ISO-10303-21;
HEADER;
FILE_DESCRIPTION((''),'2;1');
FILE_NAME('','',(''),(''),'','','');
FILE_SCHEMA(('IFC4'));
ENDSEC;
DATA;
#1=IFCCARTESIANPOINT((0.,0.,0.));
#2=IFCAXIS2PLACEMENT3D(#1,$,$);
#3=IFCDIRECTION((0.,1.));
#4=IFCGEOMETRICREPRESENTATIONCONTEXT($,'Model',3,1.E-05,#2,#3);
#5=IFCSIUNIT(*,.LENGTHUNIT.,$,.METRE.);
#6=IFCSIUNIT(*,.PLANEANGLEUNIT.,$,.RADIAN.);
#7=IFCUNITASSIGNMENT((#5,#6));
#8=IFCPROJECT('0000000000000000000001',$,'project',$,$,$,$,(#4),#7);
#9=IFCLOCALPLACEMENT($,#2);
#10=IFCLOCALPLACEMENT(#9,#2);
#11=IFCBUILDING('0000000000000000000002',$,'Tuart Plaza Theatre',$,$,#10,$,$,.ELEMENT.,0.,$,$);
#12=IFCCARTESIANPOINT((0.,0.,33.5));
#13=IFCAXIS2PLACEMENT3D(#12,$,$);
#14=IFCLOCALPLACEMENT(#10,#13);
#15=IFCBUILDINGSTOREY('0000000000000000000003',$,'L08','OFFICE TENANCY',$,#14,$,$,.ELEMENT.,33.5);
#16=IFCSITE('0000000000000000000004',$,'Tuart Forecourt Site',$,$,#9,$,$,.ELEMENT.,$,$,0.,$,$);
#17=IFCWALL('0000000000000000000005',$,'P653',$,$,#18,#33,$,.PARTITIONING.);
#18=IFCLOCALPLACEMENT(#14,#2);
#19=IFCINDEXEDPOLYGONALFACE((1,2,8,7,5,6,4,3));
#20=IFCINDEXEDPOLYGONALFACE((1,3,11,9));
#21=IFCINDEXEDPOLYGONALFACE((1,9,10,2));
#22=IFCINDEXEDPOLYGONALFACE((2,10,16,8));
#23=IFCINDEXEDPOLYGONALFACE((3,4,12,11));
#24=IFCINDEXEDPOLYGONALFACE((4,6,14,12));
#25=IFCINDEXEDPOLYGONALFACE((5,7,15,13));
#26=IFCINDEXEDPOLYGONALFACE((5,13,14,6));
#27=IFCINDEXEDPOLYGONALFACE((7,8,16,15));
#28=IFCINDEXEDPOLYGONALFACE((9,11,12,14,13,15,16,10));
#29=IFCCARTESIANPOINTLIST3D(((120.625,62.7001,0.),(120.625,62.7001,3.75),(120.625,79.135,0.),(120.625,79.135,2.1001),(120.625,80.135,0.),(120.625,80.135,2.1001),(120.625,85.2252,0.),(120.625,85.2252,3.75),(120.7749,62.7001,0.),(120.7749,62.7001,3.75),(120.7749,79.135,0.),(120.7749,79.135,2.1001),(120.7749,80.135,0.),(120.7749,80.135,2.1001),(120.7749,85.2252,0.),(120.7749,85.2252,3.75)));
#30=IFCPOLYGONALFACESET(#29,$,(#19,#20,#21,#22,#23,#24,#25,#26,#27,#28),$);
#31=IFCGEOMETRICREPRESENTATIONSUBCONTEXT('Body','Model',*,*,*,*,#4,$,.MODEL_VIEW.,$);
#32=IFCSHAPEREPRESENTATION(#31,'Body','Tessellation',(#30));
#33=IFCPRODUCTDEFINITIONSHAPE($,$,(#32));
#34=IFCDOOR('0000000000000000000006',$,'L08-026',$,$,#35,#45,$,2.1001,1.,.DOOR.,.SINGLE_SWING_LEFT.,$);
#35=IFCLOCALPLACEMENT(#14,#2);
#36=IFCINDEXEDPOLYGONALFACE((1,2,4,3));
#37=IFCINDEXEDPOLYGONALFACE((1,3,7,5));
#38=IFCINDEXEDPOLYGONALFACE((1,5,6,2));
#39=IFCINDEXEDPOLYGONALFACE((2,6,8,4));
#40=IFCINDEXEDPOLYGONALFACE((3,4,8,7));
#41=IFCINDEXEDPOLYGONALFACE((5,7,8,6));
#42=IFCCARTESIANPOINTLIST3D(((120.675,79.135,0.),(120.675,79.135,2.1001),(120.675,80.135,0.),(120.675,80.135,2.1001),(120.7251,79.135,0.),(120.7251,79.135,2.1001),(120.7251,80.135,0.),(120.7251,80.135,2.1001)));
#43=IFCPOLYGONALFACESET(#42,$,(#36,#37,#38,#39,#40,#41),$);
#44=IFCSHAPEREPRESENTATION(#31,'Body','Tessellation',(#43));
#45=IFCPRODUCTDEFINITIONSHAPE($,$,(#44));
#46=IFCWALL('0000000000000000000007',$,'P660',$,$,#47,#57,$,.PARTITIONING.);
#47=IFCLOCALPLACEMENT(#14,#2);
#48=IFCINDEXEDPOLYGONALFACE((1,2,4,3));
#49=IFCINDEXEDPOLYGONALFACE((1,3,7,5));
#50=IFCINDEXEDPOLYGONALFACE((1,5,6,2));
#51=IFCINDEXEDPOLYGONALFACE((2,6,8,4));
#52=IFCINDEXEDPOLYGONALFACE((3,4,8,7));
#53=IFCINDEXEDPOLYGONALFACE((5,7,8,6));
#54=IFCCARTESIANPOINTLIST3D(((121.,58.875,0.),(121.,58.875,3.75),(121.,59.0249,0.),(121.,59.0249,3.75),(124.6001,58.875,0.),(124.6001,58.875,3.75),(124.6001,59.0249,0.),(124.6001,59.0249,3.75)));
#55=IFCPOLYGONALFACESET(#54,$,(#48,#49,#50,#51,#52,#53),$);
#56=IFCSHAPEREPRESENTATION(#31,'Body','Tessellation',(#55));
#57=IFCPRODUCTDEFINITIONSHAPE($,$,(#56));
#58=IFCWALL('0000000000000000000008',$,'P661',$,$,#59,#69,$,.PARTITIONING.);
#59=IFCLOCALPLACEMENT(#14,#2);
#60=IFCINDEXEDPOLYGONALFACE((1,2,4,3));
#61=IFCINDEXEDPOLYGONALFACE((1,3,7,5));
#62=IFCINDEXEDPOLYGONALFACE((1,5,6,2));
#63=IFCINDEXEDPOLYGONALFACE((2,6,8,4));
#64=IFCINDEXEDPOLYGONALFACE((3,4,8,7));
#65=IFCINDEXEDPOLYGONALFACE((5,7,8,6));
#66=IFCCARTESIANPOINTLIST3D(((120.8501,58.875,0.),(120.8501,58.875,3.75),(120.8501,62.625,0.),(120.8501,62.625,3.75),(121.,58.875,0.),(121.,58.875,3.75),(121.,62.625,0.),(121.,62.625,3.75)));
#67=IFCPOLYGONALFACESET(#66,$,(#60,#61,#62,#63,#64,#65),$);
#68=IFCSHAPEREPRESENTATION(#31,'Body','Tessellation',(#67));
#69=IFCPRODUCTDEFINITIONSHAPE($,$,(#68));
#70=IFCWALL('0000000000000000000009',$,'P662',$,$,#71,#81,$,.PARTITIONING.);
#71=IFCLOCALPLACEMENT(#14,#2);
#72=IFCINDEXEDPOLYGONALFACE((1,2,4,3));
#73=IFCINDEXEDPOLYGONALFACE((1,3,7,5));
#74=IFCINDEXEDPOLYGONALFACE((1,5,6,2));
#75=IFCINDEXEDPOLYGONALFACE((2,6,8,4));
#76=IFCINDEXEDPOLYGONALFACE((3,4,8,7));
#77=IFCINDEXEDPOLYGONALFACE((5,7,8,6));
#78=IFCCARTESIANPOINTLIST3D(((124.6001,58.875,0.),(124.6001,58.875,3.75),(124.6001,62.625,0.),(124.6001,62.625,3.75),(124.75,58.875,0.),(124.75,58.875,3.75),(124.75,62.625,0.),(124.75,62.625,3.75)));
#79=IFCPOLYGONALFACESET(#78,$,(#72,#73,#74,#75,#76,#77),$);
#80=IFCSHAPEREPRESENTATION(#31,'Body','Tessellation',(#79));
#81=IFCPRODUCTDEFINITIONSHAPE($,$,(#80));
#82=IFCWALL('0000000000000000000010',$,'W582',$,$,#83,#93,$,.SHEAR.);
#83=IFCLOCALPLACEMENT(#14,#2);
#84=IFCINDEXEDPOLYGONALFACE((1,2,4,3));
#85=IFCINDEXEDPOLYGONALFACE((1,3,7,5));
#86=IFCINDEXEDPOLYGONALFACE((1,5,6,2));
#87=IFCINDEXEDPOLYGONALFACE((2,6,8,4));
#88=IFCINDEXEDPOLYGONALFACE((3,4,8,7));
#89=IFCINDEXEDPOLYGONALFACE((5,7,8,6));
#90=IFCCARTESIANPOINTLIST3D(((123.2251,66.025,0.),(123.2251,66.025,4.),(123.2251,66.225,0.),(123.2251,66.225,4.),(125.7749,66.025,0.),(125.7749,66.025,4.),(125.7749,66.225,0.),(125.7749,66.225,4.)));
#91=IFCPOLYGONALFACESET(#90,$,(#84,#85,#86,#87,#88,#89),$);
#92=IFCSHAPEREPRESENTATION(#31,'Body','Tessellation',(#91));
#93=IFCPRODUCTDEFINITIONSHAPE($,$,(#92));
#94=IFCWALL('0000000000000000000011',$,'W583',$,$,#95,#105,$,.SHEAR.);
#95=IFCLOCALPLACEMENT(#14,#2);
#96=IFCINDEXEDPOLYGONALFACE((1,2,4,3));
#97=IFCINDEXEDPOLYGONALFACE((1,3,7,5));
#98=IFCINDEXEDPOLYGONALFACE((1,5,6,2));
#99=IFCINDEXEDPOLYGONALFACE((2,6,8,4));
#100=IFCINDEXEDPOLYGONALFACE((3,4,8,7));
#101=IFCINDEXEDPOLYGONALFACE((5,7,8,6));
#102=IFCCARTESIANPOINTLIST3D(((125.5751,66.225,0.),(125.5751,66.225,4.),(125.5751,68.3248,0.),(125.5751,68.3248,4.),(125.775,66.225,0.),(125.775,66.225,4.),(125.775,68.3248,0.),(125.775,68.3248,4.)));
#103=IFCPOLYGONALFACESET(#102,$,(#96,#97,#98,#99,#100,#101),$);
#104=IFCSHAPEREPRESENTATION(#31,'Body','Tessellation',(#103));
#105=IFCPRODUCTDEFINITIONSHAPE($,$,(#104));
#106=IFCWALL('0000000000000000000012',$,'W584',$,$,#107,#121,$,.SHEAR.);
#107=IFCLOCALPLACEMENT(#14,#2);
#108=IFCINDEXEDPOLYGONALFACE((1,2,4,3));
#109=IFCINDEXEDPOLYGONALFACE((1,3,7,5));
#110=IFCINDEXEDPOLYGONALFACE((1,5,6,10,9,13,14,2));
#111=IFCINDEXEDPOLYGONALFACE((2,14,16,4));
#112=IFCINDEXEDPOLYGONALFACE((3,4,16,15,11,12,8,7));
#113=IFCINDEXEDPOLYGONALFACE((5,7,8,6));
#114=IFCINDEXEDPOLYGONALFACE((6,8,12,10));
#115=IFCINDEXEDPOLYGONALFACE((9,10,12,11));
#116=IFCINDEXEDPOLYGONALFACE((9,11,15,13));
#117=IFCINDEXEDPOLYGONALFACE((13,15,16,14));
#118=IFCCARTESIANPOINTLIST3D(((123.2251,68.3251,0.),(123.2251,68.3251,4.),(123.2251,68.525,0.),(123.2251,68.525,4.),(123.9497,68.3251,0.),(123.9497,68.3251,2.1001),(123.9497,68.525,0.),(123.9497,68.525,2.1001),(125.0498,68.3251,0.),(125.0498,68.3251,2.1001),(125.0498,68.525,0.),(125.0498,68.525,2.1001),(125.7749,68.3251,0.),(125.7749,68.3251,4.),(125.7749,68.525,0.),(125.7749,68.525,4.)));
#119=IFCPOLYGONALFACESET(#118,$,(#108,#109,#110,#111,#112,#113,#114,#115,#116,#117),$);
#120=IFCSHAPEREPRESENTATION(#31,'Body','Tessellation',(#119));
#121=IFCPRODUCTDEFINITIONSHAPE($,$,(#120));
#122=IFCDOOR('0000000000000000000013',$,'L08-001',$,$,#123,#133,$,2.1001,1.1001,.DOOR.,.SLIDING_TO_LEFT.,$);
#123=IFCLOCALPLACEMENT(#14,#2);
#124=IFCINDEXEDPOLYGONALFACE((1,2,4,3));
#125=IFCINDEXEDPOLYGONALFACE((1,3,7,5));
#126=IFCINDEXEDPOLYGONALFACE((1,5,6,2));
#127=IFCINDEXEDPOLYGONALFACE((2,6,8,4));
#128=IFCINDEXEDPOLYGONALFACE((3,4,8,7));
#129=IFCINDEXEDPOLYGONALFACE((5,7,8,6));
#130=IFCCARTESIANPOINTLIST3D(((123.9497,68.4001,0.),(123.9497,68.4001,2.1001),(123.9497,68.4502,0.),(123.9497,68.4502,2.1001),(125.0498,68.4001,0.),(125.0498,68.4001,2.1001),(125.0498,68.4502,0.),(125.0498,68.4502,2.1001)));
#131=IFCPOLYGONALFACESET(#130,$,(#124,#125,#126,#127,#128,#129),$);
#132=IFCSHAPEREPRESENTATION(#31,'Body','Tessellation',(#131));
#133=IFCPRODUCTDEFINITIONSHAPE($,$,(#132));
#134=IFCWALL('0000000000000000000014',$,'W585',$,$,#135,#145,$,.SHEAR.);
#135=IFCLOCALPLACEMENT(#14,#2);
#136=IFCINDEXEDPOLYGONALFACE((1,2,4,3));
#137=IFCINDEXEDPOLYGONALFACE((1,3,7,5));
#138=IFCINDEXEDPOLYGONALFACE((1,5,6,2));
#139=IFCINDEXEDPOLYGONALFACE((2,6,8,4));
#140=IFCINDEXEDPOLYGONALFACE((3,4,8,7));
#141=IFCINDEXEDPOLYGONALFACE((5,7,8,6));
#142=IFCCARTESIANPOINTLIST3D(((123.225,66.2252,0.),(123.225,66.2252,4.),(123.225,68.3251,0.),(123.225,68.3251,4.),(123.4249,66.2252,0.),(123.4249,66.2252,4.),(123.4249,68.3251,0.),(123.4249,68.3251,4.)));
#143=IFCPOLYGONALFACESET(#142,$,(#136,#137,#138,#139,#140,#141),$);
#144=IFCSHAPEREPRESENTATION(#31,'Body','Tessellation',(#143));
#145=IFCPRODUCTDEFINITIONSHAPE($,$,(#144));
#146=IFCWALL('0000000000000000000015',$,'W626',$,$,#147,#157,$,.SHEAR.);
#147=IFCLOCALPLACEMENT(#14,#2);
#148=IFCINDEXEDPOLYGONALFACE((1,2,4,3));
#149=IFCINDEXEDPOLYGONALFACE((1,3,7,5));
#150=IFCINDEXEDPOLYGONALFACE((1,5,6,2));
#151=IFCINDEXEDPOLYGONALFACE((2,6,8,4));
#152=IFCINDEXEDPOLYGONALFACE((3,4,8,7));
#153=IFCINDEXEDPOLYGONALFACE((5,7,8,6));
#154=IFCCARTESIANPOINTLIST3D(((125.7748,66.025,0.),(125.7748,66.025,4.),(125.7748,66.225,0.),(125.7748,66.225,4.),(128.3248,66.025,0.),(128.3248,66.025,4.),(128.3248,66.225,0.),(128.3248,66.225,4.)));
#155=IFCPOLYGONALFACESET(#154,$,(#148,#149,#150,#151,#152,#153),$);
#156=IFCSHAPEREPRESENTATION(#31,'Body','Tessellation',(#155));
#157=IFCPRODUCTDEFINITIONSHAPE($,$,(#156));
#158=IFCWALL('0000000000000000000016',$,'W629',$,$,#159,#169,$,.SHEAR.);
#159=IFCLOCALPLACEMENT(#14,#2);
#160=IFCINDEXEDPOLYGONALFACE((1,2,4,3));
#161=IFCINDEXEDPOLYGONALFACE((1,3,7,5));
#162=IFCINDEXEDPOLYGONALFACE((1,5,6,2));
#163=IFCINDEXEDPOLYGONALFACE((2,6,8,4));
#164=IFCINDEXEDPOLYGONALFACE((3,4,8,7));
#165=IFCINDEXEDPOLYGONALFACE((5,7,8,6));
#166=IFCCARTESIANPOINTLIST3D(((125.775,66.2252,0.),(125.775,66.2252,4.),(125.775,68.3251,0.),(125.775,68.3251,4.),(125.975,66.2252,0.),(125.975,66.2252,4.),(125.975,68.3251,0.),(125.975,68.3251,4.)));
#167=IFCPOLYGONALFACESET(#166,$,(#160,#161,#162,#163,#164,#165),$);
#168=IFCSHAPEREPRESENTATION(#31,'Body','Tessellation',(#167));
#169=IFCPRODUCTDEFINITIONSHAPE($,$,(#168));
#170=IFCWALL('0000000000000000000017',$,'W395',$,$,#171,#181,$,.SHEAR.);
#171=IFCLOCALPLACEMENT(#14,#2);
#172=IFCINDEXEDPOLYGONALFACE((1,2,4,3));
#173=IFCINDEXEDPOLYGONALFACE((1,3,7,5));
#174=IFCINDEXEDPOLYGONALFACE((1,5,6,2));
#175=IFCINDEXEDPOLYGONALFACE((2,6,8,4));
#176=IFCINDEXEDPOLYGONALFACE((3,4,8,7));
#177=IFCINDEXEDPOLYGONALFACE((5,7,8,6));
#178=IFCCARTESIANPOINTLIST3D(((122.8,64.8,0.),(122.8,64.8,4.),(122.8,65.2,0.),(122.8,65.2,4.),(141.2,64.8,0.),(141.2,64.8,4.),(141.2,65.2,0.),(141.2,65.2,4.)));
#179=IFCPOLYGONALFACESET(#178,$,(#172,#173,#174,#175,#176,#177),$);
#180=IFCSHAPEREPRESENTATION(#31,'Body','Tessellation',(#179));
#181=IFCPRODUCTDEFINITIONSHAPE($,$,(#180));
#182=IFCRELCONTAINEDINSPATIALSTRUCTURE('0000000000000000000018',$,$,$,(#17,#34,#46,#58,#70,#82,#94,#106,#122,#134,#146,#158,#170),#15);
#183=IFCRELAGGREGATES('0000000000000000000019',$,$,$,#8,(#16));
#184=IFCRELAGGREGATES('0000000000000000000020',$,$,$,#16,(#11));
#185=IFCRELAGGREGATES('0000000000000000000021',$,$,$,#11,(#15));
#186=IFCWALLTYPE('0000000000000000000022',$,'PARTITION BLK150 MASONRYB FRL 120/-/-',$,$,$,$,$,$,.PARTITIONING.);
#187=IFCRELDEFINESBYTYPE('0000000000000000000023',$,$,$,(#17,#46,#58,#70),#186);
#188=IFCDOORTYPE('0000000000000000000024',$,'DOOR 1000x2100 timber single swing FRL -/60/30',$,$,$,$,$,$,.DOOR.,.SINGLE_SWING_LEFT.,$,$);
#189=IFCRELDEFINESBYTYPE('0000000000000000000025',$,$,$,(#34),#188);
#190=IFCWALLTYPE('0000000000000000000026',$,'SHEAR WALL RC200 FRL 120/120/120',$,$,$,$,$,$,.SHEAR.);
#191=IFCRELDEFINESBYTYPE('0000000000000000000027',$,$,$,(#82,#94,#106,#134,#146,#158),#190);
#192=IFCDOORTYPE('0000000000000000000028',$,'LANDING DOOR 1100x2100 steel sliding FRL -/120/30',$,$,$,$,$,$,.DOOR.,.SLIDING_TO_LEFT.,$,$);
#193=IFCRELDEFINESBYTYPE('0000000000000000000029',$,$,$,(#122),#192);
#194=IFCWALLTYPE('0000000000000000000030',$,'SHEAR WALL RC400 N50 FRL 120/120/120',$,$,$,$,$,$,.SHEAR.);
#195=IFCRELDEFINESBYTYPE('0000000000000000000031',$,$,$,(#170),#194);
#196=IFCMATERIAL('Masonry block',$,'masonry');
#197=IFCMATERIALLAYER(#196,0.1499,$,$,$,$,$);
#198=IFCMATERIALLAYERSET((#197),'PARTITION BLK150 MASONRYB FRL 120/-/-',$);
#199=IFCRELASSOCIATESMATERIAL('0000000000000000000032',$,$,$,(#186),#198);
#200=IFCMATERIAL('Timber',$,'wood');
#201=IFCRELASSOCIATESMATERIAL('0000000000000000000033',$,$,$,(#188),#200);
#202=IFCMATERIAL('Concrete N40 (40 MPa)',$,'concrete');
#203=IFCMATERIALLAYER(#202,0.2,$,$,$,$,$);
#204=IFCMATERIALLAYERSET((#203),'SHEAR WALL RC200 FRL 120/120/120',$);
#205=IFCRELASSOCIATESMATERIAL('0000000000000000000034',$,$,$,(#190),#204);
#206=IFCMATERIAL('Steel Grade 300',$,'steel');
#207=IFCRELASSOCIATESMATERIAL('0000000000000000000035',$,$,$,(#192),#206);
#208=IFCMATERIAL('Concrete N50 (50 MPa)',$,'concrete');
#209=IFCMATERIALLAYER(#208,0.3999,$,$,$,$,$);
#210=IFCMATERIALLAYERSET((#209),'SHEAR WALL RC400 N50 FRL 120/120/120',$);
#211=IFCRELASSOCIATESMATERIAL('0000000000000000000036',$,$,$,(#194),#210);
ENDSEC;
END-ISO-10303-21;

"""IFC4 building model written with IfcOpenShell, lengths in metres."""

from ifc_helpers import new_model, si_unit, direction, frame, frame_2d, origin, place, context, subcontext, project, spatial, rectangle, extrude, material, layer, layer_set, type_object, element, fill, save


model = new_model("IFC4")

# Units and contexts
model_context = context("Model", 3, precision=1e-05, world=origin(), true_north=direction((0.0, 1.0)))
body_context = subcontext(model_context, "Body", "Model", "MODEL_VIEW")
ifc_project = project(units=[si_unit("LENGTHUNIT", "METRE"), si_unit("PLANEANGLEUNIT", "RADIAN")], contexts=[model_context])

# Site, building, storey
site_placement = place(None, origin())
site = spatial("IfcSite", under=ifc_project, at=site_placement, Name="Tuart Forecourt Site", CompositionType="ELEMENT", RefElevation=0.0)
building_placement = place(site_placement, origin())
building = spatial("IfcBuilding", under=site, at=building_placement, Name="Tuart Plaza Theatre", CompositionType="ELEMENT", ElevationOfRefHeight=0.0)
storey_placement = place(building_placement, frame((0.0, 0.0, 33.5)))
storey = spatial("IfcBuildingStorey", under=building, at=storey_placement, Name="L08", Description="OFFICE TENANCY", CompositionType="ELEMENT", Elevation=33.5)

# Wall, opening, door
ifc_material_1 = material(Name="Masonry block", Category="masonry")
ifc_layer_1 = layer(ifc_material_1, 0.1499)
ifc_layer_set_1 = layer_set([ifc_layer_1], Name="PARTITION BLK150 MASONRYB FRL 120/-/-")
wall_type_1 = type_object("IfcWallType", Name="PARTITION BLK150 MASONRYB FRL 120/-/-", PredefinedType="PARTITIONING", material=ifc_layer_set_1)
wall_1_placement = place(storey_placement, frame((120.7, 62.7, 0.0), z_axis=(0.0, 0.0, 1.0), x_axis=(0.0, 1.0, 0.0)))
wall_1 = element("IfcWall", 1, at=wall_1_placement, inside=storey, type_object=wall_type_1, Name="P653", PredefinedType="PARTITIONING", context=body_context, shape_type="SweptSolid", body=[
    extrude(rectangle(XDim=22.5251, YDim=0.1499, at=frame_2d((11.2627, 0.0))), origin(), (0.0, 0.0, 1.0), 3.75),
])
opening_1_placement = place(wall_1_placement, frame((16.4351, 0.0, 0.0)))
opening_1 = element("IfcOpeningElement", 2, at=opening_1_placement, cuts=wall_1, PredefinedType="OPENING", context=body_context, shape_type="SweptSolid", body=[
    extrude(rectangle(XDim=1.0, YDim=2.1001, at=frame_2d((0.5, 1.05))), frame((0.0, 0.085, 0.0), z_axis=(0.0, -1.0, 0.0), x_axis=(1.0, 0.0, 0.0)), (0.0, 0.0, 1.0), 0.1699),
])
ifc_material_2 = material(Name="Timber", Category="wood")
door_type_1 = type_object("IfcDoorType", Name="DOOR 1000x2100 timber single swing FRL -/60/30", OperationType="SINGLE_SWING_LEFT", PredefinedType="DOOR", material=ifc_material_2)
door_1_placement = place(opening_1_placement, origin())
door_1 = element("IfcDoor", 3, at=door_1_placement, inside=storey, type_object=door_type_1, Name="L08-026", OperationType="SINGLE_SWING_LEFT", OverallHeight=2.1001, OverallWidth=1.0, PredefinedType="DOOR", context=body_context, shape_type="SweptSolid", body=[
    extrude(rectangle(XDim=1.0, YDim=2.1001, at=frame_2d((0.5, 1.05))), frame((0.0, 0.0249, 0.0), z_axis=(0.0, -1.0, 0.0), x_axis=(1.0, 0.0, 0.0)), (0.0, 0.0, 1.0), 0.05),
])
fill(opening_1, door_1)

# Walls
wall_2_placement = place(storey_placement, frame((121.0, 58.95, 0.0), z_axis=(0.0, 0.0, 1.0), x_axis=(1.0, 0.0, 0.0)))
element("IfcWall", 4, at=wall_2_placement, inside=storey, type_object=wall_type_1, Name="P660", PredefinedType="PARTITIONING", context=body_context, shape_type="SweptSolid", body=[
    extrude(rectangle(XDim=3.6001, YDim=0.1499, at=frame_2d((1.8, 0.0))), origin(), (0.0, 0.0, 1.0), 3.75),
])
for number, where, z_axis, x_axis, name in (
    (5, (120.925, 62.625, 0.0), (0.0, 0.0, 1.0), (0.0, -1.0, 0.0), "P661"),
    (6, (124.675, 62.625, 0.0), (0.0, 0.0, 1.0), (0.0, -1.0, 0.0), "P662"),
):
    element("IfcWall", number, at=place(storey_placement, frame(where, z_axis=z_axis, x_axis=x_axis)), inside=storey, type_object=wall_type_1, Name=name, PredefinedType="PARTITIONING", context=body_context, shape_type="SweptSolid", body=[
        extrude(rectangle(XDim=3.75, YDim=0.1499, at=frame_2d((1.875, 0.0))), origin(), (0.0, 0.0, 1.0), 3.75),
    ])
ifc_material_3 = material(Name="Concrete N40 (40 MPa)", Category="concrete")
ifc_layer_2 = layer(ifc_material_3, 0.2)
ifc_layer_set_2 = layer_set([ifc_layer_2], Name="SHEAR WALL RC200 FRL 120/120/120")
wall_type_2 = type_object("IfcWallType", Name="SHEAR WALL RC200 FRL 120/120/120", PredefinedType="SHEAR", material=ifc_layer_set_2)
wall_3_placement = place(storey_placement, frame((123.2251, 66.125, 0.0), z_axis=(0.0, 0.0, 1.0), x_axis=(1.0, 0.0, 0.0)))
element("IfcWall", 7, at=wall_3_placement, inside=storey, type_object=wall_type_2, Name="W582", PredefinedType="SHEAR", context=body_context, shape_type="SweptSolid", body=[
    extrude(rectangle(XDim=2.5498, YDim=0.2, at=frame_2d((1.2749, 0.0))), origin(), (0.0, 0.0, 1.0), 4.0),
])
wall_4_placement = place(storey_placement, frame((125.675, 66.2251, 0.0), z_axis=(0.0, 0.0, 1.0), x_axis=(0.0, 1.0, 0.0)))
element("IfcWall", 8, at=wall_4_placement, inside=storey, type_object=wall_type_2, Name="W583", PredefinedType="SHEAR", context=body_context, shape_type="SweptSolid", body=[
    extrude(rectangle(XDim=2.0999, YDim=0.2, at=frame_2d((1.0498, 0.0))), origin(), (0.0, 0.0, 1.0), 4.0),
])

# Wall, opening, door
wall_5_placement = place(storey_placement, frame((125.7749, 68.425, 0.0), z_axis=(0.0, 0.0, 1.0), x_axis=(-1.0, 0.0, 0.0)))
wall_5 = element("IfcWall", 9, at=wall_5_placement, inside=storey, type_object=wall_type_2, Name="W584", PredefinedType="SHEAR", context=body_context, shape_type="SweptSolid", body=[
    extrude(rectangle(XDim=2.5498, YDim=0.2, at=frame_2d((1.2749, 0.0))), origin(), (0.0, 0.0, 1.0), 4.0),
])
opening_2_placement = place(wall_5_placement, frame((0.7251, 0.0, 0.0)))
opening_2 = element("IfcOpeningElement", 10, at=opening_2_placement, cuts=wall_5, PredefinedType="OPENING", context=body_context, shape_type="SweptSolid", body=[
    extrude(rectangle(XDim=1.1001, YDim=2.1001, at=frame_2d((0.55, 1.05))), frame((0.0, 0.1099, 0.0), z_axis=(0.0, -1.0, 0.0), x_axis=(1.0, 0.0, 0.0)), (0.0, 0.0, 1.0), 0.22),
])
ifc_material_4 = material(Name="Steel Grade 300", Category="steel")
door_type_2 = type_object("IfcDoorType", Name="LANDING DOOR 1100x2100 steel sliding FRL -/120/30", OperationType="SLIDING_TO_LEFT", PredefinedType="DOOR", material=ifc_material_4)
door_2_placement = place(opening_2_placement, origin())
door_2 = element("IfcDoor", 11, at=door_2_placement, inside=storey, type_object=door_type_2, Name="L08-001", OperationType="SLIDING_TO_LEFT", OverallHeight=2.1001, OverallWidth=1.1001, PredefinedType="DOOR", context=body_context, shape_type="SweptSolid", body=[
    extrude(rectangle(XDim=1.1001, YDim=2.1001, at=frame_2d((0.55, 1.05))), frame((0.0, 0.0249, 0.0), z_axis=(0.0, -1.0, 0.0), x_axis=(1.0, 0.0, 0.0)), (0.0, 0.0, 1.0), 0.05),
])
fill(opening_2, door_2)

# Walls
wall_6_placement = place(storey_placement, frame((123.325, 68.325, 0.0), z_axis=(0.0, 0.0, 1.0), x_axis=(0.0, -1.0, 0.0)))
element("IfcWall", 12, at=wall_6_placement, inside=storey, type_object=wall_type_2, Name="W585", PredefinedType="SHEAR", context=body_context, shape_type="SweptSolid", body=[
    extrude(rectangle(XDim=2.0999, YDim=0.2, at=frame_2d((1.0498, 0.0))), origin(), (0.0, 0.0, 1.0), 4.0),
])
wall_7_placement = place(storey_placement, frame((125.7749, 66.125, 0.0), z_axis=(0.0, 0.0, 1.0), x_axis=(1.0, 0.0, 0.0)))
element("IfcWall", 13, at=wall_7_placement, inside=storey, type_object=wall_type_2, Name="W626", PredefinedType="SHEAR", context=body_context, shape_type="SweptSolid", body=[
    extrude(rectangle(XDim=2.55, YDim=0.2, at=frame_2d((1.2749, 0.0))), origin(), (0.0, 0.0, 1.0), 4.0),
])
wall_8_placement = place(storey_placement, frame((125.875, 68.325, 0.0), z_axis=(0.0, 0.0, 1.0), x_axis=(0.0, -1.0, 0.0)))
element("IfcWall", 14, at=wall_8_placement, inside=storey, type_object=wall_type_2, Name="W629", PredefinedType="SHEAR", context=body_context, shape_type="SweptSolid", body=[
    extrude(rectangle(XDim=2.0999, YDim=0.2, at=frame_2d((1.0498, 0.0))), origin(), (0.0, 0.0, 1.0), 4.0),
])
ifc_material_5 = material(Name="Concrete N50 (50 MPa)", Category="concrete")
ifc_layer_3 = layer(ifc_material_5, 0.3999)
ifc_layer_set_3 = layer_set([ifc_layer_3], Name="SHEAR WALL RC400 N50 FRL 120/120/120")
wall_type_3 = type_object("IfcWallType", Name="SHEAR WALL RC400 N50 FRL 120/120/120", PredefinedType="SHEAR", material=ifc_layer_set_3)
wall_9_placement = place(storey_placement, frame((122.8, 65.0, 0.0), z_axis=(0.0, 0.0, 1.0), x_axis=(1.0, 0.0, 0.0)))
element("IfcWall", 15, at=wall_9_placement, inside=storey, type_object=wall_type_3, Name="W395", PredefinedType="SHEAR", context=body_context, shape_type="SweptSolid", body=[
    extrude(rectangle(XDim=18.3999, YDim=0.3999, at=frame_2d((9.2, 0.0))), origin(), (0.0, 0.0, 1.0), 4.0),
])

save(model, "model.ifc")
